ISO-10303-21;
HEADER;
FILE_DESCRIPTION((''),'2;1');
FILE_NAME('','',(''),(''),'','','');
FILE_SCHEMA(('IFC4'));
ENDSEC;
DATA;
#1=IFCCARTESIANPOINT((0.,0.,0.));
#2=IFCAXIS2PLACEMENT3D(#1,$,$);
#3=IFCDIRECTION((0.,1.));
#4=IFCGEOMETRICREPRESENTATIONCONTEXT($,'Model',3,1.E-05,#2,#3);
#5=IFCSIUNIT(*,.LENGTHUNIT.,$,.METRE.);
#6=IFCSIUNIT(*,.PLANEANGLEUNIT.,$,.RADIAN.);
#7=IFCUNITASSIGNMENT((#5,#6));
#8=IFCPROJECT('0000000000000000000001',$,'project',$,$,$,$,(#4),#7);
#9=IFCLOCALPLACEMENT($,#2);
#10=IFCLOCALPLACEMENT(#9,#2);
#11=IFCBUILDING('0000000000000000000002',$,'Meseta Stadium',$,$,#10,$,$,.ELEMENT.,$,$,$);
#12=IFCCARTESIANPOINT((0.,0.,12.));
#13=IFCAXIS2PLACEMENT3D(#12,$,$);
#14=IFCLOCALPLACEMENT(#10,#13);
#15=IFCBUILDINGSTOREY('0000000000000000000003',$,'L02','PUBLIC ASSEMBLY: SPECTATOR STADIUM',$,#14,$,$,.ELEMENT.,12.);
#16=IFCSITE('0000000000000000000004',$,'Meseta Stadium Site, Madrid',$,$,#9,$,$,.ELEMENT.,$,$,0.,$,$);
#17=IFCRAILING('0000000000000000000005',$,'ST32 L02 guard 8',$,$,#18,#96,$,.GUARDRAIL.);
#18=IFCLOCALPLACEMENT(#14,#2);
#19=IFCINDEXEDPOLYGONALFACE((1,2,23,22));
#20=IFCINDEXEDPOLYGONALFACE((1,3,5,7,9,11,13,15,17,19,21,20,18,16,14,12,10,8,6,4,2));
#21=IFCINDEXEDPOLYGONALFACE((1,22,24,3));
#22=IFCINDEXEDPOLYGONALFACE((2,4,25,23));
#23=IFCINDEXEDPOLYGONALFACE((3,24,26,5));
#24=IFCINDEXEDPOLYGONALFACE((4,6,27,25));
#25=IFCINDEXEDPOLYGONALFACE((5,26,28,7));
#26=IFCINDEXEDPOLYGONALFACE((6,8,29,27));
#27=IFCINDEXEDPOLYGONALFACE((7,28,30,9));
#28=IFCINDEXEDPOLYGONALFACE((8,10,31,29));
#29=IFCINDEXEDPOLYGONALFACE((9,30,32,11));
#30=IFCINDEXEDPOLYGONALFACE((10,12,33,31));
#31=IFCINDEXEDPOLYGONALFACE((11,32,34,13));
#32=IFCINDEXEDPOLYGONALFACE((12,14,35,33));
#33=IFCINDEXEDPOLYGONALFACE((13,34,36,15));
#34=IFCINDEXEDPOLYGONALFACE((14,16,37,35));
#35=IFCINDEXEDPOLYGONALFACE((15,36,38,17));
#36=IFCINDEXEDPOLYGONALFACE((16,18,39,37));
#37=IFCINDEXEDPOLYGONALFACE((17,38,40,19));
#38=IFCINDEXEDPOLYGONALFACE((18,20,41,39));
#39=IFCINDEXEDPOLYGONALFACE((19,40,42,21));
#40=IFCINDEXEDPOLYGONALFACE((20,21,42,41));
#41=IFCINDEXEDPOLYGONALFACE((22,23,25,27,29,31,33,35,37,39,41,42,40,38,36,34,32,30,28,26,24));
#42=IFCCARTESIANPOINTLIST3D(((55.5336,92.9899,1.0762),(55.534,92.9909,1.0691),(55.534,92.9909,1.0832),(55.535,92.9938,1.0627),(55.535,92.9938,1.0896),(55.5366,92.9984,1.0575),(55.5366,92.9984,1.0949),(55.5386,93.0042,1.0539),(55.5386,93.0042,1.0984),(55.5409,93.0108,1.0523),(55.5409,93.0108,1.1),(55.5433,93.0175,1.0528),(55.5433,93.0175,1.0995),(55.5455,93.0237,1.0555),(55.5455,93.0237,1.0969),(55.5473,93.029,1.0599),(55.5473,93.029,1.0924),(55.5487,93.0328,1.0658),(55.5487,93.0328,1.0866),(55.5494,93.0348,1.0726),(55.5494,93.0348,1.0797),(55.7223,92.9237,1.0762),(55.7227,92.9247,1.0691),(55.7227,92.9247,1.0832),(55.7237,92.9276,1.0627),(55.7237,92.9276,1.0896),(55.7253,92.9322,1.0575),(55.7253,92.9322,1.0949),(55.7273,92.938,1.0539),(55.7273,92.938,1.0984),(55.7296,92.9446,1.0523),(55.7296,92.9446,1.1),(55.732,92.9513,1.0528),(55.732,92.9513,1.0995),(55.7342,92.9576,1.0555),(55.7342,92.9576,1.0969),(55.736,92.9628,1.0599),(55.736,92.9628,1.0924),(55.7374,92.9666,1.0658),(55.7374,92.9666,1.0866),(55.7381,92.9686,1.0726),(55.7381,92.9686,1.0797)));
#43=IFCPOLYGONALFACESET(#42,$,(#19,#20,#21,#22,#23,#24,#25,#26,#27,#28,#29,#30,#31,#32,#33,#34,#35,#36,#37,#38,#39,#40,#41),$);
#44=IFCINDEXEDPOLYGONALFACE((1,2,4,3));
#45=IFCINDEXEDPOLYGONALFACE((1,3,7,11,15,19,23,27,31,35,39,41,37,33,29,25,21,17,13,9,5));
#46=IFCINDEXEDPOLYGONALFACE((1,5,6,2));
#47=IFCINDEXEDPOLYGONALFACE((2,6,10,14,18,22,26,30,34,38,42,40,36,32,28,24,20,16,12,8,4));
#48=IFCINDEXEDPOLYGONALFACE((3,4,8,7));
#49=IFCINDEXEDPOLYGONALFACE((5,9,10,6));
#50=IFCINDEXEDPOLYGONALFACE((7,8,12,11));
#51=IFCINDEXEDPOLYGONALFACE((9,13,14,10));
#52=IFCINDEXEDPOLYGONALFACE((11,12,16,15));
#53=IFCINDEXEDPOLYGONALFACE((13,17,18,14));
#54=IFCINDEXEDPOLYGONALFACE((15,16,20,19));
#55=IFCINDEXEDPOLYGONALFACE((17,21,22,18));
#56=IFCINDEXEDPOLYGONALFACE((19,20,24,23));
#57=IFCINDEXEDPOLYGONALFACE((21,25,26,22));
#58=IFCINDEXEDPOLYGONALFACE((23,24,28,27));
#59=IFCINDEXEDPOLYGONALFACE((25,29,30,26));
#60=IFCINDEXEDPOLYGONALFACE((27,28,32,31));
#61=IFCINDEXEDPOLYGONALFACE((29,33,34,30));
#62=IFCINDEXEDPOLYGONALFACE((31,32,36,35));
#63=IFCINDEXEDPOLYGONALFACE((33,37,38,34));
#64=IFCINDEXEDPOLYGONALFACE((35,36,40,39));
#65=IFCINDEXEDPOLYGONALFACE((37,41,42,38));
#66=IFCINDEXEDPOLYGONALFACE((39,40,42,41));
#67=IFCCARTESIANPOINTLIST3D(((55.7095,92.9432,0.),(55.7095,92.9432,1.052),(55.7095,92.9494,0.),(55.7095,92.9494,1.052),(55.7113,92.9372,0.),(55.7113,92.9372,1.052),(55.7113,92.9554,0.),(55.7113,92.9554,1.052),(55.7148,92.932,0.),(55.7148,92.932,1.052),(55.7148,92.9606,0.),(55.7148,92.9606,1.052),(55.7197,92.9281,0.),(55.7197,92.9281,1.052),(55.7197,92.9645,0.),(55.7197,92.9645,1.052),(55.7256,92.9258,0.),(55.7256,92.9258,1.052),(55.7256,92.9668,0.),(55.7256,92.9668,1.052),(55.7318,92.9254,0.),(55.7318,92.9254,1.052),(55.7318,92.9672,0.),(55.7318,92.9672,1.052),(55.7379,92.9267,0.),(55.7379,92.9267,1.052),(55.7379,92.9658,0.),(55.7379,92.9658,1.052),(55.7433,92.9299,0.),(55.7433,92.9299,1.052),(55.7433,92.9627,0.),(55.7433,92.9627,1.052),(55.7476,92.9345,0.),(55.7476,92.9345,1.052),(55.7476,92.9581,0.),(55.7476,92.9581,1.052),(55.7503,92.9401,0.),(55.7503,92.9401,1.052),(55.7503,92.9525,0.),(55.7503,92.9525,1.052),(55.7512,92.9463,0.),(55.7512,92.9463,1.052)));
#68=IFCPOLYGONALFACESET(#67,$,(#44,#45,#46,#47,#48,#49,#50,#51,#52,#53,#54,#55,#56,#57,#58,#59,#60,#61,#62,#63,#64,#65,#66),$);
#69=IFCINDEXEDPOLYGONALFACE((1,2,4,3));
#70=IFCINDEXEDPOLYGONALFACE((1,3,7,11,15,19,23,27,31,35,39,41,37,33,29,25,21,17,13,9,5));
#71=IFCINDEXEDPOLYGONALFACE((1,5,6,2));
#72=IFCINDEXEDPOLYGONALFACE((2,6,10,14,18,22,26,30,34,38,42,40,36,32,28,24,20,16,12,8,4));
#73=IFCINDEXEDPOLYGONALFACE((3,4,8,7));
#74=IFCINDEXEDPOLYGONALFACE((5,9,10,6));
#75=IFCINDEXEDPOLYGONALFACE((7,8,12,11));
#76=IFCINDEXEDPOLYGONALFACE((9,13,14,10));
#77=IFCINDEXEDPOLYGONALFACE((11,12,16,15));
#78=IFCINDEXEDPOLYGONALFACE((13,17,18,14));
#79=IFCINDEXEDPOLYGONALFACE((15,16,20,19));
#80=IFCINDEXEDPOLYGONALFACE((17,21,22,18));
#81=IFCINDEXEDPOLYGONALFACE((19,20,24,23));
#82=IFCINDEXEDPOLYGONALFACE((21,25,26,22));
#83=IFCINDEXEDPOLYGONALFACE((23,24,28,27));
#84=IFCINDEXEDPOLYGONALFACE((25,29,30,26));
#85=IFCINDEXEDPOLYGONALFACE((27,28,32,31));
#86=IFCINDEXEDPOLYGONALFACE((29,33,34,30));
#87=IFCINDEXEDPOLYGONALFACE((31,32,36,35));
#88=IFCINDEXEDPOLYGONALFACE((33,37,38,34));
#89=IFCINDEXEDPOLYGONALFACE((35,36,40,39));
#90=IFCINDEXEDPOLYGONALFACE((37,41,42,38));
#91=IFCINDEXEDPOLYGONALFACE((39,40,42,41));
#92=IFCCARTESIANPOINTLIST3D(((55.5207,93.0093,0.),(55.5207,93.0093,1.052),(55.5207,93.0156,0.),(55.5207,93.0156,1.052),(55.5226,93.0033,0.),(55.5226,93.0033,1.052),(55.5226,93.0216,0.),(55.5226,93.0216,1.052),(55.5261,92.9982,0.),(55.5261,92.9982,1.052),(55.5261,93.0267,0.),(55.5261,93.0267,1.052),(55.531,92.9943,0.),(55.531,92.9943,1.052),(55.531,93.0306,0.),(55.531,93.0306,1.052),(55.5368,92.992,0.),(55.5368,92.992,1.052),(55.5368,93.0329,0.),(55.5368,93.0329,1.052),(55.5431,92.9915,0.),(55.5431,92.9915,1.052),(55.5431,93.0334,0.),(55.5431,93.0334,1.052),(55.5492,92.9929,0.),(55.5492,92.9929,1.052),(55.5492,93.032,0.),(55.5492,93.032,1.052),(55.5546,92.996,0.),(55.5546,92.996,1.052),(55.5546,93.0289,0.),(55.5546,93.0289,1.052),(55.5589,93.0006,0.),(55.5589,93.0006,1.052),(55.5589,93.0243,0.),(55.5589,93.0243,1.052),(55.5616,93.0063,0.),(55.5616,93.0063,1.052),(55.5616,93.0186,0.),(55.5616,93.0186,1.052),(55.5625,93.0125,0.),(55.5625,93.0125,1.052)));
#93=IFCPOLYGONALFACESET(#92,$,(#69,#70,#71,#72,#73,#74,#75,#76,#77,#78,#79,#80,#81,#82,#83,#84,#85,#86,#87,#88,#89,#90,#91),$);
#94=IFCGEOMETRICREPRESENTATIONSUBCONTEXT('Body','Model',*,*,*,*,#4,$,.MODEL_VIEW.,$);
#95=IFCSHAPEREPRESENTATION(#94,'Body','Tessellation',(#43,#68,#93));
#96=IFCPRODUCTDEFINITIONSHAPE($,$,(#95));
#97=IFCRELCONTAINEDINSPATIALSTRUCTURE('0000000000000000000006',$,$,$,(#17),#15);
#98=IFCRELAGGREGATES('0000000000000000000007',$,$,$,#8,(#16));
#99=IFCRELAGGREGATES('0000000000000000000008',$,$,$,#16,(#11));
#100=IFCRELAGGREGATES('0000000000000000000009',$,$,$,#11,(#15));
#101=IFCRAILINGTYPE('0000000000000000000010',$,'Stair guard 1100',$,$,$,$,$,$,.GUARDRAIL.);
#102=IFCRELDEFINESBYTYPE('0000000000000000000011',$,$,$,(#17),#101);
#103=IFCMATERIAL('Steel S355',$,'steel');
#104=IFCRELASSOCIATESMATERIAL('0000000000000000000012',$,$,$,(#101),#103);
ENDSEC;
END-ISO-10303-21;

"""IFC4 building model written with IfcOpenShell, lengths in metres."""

from ifc_helpers import new_model, si_unit, direction, frame, origin, origin_2d, place, context, subcontext, project, spatial, circle, extrude, material, type_object, element, save


model = new_model("IFC4")

# Units and contexts
model_context = context("Model", 3, precision=1e-05, world=origin(), true_north=direction((0.0, 1.0)))
body_context = subcontext(model_context, "Body", "Model", "MODEL_VIEW")
ifc_project = project(units=[si_unit("LENGTHUNIT", "METRE"), si_unit("PLANEANGLEUNIT", "RADIAN")], contexts=[model_context])

# Site, building, storey
site_placement = place(None, origin())
site = spatial("IfcSite", under=ifc_project, at=site_placement, Name="Meseta Stadium Site, Madrid", CompositionType="ELEMENT", RefElevation=0.0)
building_placement = place(site_placement, origin())
building = spatial("IfcBuilding", under=site, at=building_placement, Name="Meseta Stadium", CompositionType="ELEMENT")
storey_placement = place(building_placement, frame((0.0, 0.0, 12.0)))
storey = spatial("IfcBuildingStorey", under=building, at=storey_placement, Name="L02", Description="PUBLIC ASSEMBLY: SPECTATOR STADIUM", CompositionType="ELEMENT", Elevation=12.0)

# Railing
ifc_material_1 = material(Name="Steel S355", Category="steel")
railing_type_1 = type_object("IfcRailingType", Name="Stair guard 1100", PredefinedType="GUARDRAIL", material=ifc_material_1)
railing_1_placement = place(storey_placement, frame((55.7302, 92.9463, 0.0)))
element("IfcRailing", 1, at=railing_1_placement, inside=storey, type_object=railing_type_1, Name="ST32 L02 guard 8", PredefinedType="GUARDRAIL", context=body_context, shape_type="SweptSolid", body=[
    extrude(circle(Radius=0.0239, at=origin_2d()), frame((0.0, 0.0, 1.0762), z_axis=(-0.943687, 0.33084, 0.0), x_axis=(-0.33084, -0.943687, 0.0)), (0.0, 0.0, 1.0), 0.2),
    extrude(circle(Radius=0.021, at=origin_2d()), origin(), (0.0, 0.0, 1.0), 1.052),
    extrude(circle(Radius=0.021, at=origin_2d()), frame((-0.1887, 0.0662, 0.0)), (0.0, 0.0, 1.0), 1.052),
])

save(model, "model.ifc")
